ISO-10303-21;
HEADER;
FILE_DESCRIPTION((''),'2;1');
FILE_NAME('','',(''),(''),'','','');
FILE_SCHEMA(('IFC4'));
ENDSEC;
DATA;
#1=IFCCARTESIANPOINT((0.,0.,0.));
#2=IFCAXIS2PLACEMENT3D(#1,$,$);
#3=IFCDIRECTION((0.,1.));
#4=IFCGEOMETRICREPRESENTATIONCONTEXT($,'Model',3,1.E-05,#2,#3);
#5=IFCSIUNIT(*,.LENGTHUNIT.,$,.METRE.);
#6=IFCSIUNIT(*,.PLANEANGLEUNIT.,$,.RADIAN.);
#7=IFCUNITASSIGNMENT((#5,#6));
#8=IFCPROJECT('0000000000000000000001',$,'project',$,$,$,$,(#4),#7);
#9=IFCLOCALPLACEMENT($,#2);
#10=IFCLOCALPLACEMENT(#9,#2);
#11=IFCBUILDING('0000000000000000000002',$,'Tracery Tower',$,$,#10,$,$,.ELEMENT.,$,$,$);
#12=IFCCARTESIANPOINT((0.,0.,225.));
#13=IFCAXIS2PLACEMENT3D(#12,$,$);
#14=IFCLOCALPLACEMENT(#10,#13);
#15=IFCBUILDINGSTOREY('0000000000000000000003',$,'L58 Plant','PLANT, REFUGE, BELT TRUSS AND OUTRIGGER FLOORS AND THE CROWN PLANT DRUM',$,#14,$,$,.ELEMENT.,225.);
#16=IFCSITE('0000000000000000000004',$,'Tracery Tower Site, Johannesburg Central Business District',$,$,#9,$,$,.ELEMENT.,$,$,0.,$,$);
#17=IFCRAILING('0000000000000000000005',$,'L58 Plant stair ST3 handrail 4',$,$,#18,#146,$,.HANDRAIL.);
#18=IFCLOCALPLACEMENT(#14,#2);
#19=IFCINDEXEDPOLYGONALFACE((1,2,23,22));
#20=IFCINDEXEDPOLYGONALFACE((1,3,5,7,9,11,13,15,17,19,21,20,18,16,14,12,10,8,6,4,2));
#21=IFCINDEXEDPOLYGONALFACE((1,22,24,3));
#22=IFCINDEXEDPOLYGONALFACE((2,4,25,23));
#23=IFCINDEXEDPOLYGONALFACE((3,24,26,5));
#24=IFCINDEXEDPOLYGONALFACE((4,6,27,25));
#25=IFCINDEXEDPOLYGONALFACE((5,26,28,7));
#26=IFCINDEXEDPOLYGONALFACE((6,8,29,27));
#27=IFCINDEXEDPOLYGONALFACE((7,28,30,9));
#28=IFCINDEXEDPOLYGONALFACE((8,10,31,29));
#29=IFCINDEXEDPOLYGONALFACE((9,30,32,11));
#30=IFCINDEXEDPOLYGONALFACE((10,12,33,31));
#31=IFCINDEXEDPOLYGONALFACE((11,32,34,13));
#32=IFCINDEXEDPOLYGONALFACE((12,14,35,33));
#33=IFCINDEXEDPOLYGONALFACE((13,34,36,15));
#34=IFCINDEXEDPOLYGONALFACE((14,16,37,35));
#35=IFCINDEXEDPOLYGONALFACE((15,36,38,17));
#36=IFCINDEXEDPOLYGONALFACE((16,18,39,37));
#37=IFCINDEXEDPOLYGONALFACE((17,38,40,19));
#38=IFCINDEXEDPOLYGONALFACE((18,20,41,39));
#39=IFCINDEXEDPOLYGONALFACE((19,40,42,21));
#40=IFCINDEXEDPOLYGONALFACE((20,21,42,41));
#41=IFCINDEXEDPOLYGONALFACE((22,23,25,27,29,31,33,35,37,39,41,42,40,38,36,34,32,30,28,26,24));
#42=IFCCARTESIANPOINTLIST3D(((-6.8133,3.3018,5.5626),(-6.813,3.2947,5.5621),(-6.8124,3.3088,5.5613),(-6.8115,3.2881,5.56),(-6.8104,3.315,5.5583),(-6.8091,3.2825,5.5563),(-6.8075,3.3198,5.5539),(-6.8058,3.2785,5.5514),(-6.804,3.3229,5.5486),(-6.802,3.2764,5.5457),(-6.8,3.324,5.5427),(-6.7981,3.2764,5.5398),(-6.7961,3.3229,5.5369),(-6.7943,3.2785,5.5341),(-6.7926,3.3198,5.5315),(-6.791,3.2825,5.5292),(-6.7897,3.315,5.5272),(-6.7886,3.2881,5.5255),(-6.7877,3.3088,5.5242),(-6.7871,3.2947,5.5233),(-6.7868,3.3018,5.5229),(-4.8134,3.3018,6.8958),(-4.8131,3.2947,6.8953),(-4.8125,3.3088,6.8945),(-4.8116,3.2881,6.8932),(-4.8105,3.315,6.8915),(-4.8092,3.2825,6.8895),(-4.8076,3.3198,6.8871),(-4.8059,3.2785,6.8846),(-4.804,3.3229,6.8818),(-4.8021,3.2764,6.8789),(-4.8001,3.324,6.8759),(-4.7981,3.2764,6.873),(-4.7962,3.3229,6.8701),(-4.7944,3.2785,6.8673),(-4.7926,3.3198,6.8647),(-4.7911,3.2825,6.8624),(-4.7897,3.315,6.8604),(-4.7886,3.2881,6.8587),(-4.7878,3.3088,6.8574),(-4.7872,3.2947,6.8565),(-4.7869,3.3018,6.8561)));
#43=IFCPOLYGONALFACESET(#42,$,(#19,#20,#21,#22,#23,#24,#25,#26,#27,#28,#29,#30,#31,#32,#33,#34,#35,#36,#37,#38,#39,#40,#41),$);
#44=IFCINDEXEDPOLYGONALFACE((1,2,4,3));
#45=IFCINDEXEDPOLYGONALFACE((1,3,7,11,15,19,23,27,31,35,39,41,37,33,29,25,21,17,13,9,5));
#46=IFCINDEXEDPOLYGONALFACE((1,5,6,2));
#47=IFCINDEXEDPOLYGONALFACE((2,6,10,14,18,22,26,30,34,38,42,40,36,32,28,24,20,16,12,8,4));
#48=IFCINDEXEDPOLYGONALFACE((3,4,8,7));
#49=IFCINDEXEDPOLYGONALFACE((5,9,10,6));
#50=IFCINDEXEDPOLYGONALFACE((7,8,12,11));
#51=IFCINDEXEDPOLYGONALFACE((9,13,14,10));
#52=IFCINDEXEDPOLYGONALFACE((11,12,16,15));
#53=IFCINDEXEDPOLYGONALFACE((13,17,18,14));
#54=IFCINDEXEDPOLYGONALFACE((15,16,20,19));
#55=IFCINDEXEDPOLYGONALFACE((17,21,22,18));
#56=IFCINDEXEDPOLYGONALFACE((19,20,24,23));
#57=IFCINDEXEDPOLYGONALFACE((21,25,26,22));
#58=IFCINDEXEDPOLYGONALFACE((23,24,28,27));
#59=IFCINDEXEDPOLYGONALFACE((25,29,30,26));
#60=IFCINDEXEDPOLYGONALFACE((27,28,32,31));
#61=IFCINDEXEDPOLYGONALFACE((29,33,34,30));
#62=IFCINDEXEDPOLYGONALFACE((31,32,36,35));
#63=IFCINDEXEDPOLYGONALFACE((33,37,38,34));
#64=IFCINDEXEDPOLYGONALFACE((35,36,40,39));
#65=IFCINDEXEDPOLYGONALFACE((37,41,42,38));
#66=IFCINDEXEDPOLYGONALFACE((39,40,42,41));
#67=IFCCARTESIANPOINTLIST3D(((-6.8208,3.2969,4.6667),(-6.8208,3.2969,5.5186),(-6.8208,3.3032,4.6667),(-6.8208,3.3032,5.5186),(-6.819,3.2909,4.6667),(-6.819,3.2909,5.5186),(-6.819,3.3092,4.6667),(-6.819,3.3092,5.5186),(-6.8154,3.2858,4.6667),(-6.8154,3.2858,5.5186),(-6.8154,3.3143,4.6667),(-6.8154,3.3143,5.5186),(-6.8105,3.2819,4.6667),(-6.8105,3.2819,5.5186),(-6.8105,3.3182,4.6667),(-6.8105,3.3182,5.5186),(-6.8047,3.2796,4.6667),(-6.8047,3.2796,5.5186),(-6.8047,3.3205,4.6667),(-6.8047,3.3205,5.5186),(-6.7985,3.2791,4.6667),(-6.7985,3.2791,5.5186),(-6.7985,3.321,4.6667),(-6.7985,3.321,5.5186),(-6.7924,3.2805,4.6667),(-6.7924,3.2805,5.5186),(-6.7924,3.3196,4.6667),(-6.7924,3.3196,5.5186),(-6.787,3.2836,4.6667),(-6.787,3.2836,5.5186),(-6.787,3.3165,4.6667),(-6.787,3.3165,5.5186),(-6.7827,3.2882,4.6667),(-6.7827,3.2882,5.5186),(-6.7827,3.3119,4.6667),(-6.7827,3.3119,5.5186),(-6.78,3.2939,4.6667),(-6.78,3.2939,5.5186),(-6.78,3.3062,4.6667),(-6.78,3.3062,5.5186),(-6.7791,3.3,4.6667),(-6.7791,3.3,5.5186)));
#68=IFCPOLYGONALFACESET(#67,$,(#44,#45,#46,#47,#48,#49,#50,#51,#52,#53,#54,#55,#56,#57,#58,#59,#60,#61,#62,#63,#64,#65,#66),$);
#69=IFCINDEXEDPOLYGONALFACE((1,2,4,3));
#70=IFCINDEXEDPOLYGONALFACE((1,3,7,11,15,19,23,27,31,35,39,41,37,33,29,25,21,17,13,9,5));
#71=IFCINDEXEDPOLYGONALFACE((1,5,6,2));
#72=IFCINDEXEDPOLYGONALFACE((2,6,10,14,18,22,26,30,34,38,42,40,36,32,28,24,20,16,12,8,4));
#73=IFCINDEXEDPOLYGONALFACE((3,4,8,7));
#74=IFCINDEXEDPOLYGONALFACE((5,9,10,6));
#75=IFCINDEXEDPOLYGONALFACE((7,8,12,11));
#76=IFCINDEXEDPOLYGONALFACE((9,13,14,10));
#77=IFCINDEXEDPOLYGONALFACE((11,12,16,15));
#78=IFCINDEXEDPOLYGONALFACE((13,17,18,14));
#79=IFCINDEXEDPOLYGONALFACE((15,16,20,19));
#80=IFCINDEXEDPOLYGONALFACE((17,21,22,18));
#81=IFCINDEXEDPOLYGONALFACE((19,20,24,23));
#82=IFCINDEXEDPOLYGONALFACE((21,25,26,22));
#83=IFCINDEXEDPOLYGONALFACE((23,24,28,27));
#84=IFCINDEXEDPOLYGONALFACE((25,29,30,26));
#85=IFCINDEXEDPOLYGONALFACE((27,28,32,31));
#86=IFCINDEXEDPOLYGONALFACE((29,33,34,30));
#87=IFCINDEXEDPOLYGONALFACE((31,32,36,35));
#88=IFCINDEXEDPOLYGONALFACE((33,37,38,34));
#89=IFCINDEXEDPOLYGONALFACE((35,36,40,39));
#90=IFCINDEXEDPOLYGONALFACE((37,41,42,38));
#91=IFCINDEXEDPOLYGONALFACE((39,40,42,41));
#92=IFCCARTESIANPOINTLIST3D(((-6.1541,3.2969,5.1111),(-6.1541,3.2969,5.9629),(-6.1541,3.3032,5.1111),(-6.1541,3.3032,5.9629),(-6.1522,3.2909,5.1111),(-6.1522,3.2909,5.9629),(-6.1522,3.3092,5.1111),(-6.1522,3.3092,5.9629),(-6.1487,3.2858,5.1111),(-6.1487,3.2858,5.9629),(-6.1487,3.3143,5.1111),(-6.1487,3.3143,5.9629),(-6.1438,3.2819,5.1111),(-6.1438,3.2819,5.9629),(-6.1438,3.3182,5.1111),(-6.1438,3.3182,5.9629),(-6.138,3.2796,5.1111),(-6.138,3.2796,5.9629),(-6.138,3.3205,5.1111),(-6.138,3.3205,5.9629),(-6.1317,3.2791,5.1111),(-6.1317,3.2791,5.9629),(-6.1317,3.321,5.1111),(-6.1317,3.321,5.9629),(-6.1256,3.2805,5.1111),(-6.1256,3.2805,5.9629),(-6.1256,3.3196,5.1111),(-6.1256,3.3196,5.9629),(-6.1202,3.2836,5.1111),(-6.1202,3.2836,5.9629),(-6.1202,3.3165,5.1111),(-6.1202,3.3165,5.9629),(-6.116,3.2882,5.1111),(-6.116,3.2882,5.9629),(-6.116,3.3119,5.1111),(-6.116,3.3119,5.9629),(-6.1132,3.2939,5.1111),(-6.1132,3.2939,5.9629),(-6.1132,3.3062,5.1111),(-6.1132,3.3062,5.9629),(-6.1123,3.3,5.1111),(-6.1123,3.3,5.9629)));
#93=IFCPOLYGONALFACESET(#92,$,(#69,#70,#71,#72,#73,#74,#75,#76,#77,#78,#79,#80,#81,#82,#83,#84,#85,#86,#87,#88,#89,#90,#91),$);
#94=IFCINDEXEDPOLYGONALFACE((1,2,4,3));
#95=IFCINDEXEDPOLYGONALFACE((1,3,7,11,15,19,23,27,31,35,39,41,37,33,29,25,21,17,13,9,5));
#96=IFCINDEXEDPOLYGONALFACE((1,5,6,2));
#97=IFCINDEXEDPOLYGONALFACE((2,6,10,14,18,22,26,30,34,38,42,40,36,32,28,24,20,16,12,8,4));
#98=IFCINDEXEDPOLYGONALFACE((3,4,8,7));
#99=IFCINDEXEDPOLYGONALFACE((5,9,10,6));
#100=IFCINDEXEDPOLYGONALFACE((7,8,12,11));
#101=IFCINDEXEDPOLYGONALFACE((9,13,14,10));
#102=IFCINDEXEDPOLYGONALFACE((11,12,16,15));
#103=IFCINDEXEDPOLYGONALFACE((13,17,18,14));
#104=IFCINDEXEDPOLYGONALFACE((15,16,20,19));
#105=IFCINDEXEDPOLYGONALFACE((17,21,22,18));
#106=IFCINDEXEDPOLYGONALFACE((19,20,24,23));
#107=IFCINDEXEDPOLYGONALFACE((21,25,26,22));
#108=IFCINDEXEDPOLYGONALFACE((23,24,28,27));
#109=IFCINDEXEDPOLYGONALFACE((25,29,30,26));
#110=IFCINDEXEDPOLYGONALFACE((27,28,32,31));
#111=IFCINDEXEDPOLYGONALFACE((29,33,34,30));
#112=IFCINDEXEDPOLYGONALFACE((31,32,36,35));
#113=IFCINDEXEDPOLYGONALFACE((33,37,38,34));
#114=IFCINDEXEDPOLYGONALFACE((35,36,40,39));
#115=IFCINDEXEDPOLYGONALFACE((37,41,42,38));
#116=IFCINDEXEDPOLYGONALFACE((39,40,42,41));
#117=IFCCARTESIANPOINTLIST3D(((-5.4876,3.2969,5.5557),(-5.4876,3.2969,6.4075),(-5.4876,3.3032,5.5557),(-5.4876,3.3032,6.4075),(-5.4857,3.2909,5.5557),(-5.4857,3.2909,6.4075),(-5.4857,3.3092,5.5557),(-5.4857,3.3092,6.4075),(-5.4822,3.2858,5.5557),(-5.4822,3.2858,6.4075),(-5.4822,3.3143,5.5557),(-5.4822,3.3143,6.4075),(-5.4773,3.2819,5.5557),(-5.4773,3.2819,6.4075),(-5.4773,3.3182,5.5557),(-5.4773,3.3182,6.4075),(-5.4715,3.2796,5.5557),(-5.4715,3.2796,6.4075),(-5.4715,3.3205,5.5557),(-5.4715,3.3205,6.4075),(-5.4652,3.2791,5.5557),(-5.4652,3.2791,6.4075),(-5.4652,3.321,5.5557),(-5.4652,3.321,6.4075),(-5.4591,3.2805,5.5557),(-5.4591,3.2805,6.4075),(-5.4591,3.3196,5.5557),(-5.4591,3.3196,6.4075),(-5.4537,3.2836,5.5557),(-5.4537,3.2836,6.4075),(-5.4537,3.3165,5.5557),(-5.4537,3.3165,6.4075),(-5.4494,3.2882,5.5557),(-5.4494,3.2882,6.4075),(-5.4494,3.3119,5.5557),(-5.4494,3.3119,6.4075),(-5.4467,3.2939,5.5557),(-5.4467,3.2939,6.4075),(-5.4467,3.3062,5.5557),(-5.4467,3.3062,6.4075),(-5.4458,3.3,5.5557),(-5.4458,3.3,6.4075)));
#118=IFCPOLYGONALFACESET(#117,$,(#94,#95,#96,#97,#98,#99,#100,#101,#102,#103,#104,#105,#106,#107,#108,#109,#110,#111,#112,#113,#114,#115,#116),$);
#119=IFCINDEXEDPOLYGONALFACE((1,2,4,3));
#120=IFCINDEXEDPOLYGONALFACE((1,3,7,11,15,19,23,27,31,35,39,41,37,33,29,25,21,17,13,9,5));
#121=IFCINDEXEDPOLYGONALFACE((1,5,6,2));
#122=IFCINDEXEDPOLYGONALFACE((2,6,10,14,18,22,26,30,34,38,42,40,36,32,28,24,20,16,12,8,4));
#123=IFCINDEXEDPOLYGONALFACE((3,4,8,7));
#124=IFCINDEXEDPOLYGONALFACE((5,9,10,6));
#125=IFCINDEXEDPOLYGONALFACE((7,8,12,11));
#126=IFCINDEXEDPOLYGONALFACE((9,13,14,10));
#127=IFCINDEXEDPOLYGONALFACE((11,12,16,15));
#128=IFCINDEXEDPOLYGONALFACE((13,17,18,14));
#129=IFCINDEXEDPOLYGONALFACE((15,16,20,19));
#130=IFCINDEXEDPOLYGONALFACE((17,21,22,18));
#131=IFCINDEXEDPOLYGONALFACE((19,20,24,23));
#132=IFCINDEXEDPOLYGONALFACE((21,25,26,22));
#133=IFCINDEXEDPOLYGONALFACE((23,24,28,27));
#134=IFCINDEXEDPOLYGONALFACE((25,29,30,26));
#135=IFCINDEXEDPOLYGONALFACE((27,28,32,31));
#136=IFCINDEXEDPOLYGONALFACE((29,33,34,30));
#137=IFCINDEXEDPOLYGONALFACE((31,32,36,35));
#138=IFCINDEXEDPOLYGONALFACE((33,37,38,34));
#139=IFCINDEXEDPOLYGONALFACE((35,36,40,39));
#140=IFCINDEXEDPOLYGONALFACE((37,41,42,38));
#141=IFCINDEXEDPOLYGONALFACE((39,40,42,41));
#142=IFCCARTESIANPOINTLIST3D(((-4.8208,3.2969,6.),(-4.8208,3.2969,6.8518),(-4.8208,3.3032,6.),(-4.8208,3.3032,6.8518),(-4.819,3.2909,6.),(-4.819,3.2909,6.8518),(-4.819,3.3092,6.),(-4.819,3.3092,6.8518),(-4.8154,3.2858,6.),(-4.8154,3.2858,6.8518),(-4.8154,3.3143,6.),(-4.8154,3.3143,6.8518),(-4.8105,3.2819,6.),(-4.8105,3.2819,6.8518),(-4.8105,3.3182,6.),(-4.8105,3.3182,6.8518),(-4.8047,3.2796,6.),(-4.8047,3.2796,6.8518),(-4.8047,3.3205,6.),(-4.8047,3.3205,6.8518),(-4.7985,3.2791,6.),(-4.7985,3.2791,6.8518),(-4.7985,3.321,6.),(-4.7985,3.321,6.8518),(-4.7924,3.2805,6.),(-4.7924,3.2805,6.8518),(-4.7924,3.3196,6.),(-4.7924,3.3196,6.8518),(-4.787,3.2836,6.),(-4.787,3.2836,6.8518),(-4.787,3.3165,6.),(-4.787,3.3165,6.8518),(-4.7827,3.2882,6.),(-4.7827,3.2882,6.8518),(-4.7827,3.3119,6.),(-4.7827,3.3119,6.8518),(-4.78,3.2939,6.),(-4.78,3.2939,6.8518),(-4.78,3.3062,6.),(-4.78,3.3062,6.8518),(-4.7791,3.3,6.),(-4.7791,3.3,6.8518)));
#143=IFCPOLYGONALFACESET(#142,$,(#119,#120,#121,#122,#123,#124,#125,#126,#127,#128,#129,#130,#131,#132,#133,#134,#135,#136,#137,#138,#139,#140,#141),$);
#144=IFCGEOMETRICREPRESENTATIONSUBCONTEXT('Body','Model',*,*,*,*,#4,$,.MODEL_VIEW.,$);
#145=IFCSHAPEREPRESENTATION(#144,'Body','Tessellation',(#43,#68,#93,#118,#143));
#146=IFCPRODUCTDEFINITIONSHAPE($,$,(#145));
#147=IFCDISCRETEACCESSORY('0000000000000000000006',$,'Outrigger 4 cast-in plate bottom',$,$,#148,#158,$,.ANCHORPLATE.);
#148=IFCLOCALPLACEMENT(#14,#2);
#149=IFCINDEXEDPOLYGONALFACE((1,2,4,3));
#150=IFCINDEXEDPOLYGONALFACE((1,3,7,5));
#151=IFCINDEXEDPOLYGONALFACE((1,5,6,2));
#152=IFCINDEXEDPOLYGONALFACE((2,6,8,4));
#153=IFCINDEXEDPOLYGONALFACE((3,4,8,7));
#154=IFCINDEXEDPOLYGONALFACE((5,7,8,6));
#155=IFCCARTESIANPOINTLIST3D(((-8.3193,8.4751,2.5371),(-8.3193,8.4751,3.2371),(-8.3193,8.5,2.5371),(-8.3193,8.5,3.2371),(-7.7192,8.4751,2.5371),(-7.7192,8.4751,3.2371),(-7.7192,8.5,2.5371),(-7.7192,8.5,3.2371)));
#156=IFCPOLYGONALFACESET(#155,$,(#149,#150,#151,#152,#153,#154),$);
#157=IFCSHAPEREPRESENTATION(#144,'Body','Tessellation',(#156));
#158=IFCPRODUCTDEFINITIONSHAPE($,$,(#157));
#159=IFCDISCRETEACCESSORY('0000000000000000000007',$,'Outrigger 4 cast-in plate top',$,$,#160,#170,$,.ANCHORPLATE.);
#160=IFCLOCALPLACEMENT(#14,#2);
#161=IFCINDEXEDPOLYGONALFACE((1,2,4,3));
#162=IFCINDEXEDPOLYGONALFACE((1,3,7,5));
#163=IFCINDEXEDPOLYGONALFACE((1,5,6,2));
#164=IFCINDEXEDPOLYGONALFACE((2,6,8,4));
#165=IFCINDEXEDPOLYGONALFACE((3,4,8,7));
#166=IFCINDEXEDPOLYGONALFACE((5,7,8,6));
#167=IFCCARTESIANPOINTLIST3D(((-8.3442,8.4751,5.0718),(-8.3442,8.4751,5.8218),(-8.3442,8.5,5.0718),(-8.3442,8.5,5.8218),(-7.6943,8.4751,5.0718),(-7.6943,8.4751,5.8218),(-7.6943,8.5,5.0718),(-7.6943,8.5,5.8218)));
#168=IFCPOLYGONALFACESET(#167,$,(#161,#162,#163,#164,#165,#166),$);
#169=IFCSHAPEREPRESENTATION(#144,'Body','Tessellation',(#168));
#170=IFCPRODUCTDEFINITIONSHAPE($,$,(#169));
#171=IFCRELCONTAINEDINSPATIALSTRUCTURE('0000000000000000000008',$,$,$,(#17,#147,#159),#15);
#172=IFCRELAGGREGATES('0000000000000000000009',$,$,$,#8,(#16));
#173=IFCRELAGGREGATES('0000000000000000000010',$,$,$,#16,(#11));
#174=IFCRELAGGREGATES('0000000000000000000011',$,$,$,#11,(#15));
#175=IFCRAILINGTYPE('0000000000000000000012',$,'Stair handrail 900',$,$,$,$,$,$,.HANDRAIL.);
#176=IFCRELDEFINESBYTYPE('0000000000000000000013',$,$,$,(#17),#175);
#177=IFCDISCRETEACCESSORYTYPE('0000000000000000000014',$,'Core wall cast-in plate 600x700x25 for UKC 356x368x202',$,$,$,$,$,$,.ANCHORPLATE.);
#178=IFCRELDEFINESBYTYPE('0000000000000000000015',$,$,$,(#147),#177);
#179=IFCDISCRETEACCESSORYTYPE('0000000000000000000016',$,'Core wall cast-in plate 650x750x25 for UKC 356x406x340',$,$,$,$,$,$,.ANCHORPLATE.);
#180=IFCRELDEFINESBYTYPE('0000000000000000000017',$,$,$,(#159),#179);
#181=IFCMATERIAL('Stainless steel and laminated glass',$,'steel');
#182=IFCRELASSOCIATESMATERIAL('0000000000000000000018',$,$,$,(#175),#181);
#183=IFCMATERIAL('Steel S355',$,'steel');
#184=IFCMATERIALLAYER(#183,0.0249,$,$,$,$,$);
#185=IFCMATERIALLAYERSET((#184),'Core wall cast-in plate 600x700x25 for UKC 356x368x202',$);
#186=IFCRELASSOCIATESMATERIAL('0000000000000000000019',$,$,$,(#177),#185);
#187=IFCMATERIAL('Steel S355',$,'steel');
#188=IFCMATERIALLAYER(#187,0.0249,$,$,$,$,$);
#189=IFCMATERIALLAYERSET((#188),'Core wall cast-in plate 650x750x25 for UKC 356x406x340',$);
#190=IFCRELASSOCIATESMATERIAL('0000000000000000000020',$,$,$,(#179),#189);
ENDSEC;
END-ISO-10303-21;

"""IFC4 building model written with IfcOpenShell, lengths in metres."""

from ifc_helpers import new_model, si_unit, direction, frame, origin, origin_2d, place, context, subcontext, project, spatial, rectangle, circle, extrude, material, layer, layer_set, type_object, element, save


model = new_model("IFC4")

# Units and contexts
model_context = context("Model", 3, precision=1e-05, world=origin(), true_north=direction((0.0, 1.0)))
body_context = subcontext(model_context, "Body", "Model", "MODEL_VIEW")
ifc_project = project(units=[si_unit("LENGTHUNIT", "METRE"), si_unit("PLANEANGLEUNIT", "RADIAN")], contexts=[model_context])

# Site, building, storey
site_placement = place(None, origin())
site = spatial("IfcSite", under=ifc_project, at=site_placement, Name="Tracery Tower Site, Johannesburg Central Business District", CompositionType="ELEMENT", RefElevation=0.0)
building_placement = place(site_placement, origin())
building = spatial("IfcBuilding", under=site, at=building_placement, Name="Tracery Tower", CompositionType="ELEMENT")
storey_placement = place(building_placement, frame((0.0, 0.0, 225.0)))
storey = spatial("IfcBuildingStorey", under=building, at=storey_placement, Name="L58 Plant", Description="PLANT, REFUGE, BELT TRUSS AND OUTRIGGER FLOORS AND THE CROWN PLANT DRUM", CompositionType="ELEMENT", Elevation=225.0)

# Railing
ifc_material_1 = material(Name="Stainless steel and laminated glass", Category="steel")
railing_type_1 = type_object("IfcRailingType", Name="Stair handrail 900", PredefinedType="HANDRAIL", material=ifc_material_1)
railing_1_placement = place(storey_placement, frame((-6.8, 3.3, 4.6667)))
element("IfcRailing", 1, at=railing_1_placement, inside=storey, type_object=railing_type_1, Name="L58 Plant stair ST3 handrail 4", PredefinedType="HANDRAIL", context=body_context, shape_type="SweptSolid", body=[
    extrude(circle(Radius=0.0239, at=origin_2d()), frame((0.0, 0.0, 0.876), z_axis=(0.832066, 0.0, 0.554677), x_axis=(0.0, 1.0, 0.0)), (0.0, 0.0, 1.0), 2.4036),
    extrude(circle(Radius=0.021, at=origin_2d()), origin(), (0.0, 0.0, 1.0), 0.8518),
    extrude(circle(Radius=0.021, at=origin_2d()), frame((0.6667, 0.0, 0.4443)), (0.0, 0.0, 1.0), 0.8518),
    extrude(circle(Radius=0.021, at=origin_2d()), frame((1.3333, 0.0, 0.8889)), (0.0, 0.0, 1.0), 0.8518),
    extrude(circle(Radius=0.021, at=origin_2d()), frame((2.0, 0.0, 1.3333)), (0.0, 0.0, 1.0), 0.8518),
])

# Discrete accessories
ifc_material_2 = material(Name="Steel S355", Category="steel")
ifc_layer_1 = layer(ifc_material_2, 0.0249)
ifc_layer_set_1 = layer_set([ifc_layer_1], Name="Core wall cast-in plate 600x700x25 for UKC 356x368x202")
discrete_accessory_type_1 = type_object("IfcDiscreteAccessoryType", Name="Core wall cast-in plate 600x700x25 for UKC 356x368x202", PredefinedType="ANCHORPLATE", material=ifc_layer_set_1)
discrete_accessory_1_placement = place(storey_placement, frame((-8.0193, 8.4875, 2.5371), z_axis=(0.0, 0.0, 1.0), x_axis=(1.0, 0.0, 0.0)))
element("IfcDiscreteAccessory", 2, at=discrete_accessory_1_placement, inside=storey, type_object=discrete_accessory_type_1, Name="Outrigger 4 cast-in plate bottom", PredefinedType="ANCHORPLATE", context=body_context, shape_type="SweptSolid", body=[
    extrude(rectangle(XDim=0.6001, YDim=0.0249, at=origin_2d()), origin(), (0.0, 0.0, 1.0), 0.7),
])
ifc_material_3 = material(Name="Steel S355", Category="steel")
ifc_layer_2 = layer(ifc_material_3, 0.0249)
ifc_layer_set_2 = layer_set([ifc_layer_2], Name="Core wall cast-in plate 650x750x25 for UKC 356x406x340")
discrete_accessory_type_2 = type_object("IfcDiscreteAccessoryType", Name="Core wall cast-in plate 650x750x25 for UKC 356x406x340", PredefinedType="ANCHORPLATE", material=ifc_layer_set_2)
discrete_accessory_2_placement = place(storey_placement, frame((-8.0193, 8.4875, 5.0718), z_axis=(0.0, 0.0, 1.0), x_axis=(1.0, 0.0, 0.0)))
element("IfcDiscreteAccessory", 3, at=discrete_accessory_2_placement, inside=storey, type_object=discrete_accessory_type_2, Name="Outrigger 4 cast-in plate top", PredefinedType="ANCHORPLATE", context=body_context, shape_type="SweptSolid", body=[
    extrude(rectangle(XDim=0.6499, YDim=0.0249, at=origin_2d()), origin(), (0.0, 0.0, 1.0), 0.75),
])

save(model, "model.ifc")
